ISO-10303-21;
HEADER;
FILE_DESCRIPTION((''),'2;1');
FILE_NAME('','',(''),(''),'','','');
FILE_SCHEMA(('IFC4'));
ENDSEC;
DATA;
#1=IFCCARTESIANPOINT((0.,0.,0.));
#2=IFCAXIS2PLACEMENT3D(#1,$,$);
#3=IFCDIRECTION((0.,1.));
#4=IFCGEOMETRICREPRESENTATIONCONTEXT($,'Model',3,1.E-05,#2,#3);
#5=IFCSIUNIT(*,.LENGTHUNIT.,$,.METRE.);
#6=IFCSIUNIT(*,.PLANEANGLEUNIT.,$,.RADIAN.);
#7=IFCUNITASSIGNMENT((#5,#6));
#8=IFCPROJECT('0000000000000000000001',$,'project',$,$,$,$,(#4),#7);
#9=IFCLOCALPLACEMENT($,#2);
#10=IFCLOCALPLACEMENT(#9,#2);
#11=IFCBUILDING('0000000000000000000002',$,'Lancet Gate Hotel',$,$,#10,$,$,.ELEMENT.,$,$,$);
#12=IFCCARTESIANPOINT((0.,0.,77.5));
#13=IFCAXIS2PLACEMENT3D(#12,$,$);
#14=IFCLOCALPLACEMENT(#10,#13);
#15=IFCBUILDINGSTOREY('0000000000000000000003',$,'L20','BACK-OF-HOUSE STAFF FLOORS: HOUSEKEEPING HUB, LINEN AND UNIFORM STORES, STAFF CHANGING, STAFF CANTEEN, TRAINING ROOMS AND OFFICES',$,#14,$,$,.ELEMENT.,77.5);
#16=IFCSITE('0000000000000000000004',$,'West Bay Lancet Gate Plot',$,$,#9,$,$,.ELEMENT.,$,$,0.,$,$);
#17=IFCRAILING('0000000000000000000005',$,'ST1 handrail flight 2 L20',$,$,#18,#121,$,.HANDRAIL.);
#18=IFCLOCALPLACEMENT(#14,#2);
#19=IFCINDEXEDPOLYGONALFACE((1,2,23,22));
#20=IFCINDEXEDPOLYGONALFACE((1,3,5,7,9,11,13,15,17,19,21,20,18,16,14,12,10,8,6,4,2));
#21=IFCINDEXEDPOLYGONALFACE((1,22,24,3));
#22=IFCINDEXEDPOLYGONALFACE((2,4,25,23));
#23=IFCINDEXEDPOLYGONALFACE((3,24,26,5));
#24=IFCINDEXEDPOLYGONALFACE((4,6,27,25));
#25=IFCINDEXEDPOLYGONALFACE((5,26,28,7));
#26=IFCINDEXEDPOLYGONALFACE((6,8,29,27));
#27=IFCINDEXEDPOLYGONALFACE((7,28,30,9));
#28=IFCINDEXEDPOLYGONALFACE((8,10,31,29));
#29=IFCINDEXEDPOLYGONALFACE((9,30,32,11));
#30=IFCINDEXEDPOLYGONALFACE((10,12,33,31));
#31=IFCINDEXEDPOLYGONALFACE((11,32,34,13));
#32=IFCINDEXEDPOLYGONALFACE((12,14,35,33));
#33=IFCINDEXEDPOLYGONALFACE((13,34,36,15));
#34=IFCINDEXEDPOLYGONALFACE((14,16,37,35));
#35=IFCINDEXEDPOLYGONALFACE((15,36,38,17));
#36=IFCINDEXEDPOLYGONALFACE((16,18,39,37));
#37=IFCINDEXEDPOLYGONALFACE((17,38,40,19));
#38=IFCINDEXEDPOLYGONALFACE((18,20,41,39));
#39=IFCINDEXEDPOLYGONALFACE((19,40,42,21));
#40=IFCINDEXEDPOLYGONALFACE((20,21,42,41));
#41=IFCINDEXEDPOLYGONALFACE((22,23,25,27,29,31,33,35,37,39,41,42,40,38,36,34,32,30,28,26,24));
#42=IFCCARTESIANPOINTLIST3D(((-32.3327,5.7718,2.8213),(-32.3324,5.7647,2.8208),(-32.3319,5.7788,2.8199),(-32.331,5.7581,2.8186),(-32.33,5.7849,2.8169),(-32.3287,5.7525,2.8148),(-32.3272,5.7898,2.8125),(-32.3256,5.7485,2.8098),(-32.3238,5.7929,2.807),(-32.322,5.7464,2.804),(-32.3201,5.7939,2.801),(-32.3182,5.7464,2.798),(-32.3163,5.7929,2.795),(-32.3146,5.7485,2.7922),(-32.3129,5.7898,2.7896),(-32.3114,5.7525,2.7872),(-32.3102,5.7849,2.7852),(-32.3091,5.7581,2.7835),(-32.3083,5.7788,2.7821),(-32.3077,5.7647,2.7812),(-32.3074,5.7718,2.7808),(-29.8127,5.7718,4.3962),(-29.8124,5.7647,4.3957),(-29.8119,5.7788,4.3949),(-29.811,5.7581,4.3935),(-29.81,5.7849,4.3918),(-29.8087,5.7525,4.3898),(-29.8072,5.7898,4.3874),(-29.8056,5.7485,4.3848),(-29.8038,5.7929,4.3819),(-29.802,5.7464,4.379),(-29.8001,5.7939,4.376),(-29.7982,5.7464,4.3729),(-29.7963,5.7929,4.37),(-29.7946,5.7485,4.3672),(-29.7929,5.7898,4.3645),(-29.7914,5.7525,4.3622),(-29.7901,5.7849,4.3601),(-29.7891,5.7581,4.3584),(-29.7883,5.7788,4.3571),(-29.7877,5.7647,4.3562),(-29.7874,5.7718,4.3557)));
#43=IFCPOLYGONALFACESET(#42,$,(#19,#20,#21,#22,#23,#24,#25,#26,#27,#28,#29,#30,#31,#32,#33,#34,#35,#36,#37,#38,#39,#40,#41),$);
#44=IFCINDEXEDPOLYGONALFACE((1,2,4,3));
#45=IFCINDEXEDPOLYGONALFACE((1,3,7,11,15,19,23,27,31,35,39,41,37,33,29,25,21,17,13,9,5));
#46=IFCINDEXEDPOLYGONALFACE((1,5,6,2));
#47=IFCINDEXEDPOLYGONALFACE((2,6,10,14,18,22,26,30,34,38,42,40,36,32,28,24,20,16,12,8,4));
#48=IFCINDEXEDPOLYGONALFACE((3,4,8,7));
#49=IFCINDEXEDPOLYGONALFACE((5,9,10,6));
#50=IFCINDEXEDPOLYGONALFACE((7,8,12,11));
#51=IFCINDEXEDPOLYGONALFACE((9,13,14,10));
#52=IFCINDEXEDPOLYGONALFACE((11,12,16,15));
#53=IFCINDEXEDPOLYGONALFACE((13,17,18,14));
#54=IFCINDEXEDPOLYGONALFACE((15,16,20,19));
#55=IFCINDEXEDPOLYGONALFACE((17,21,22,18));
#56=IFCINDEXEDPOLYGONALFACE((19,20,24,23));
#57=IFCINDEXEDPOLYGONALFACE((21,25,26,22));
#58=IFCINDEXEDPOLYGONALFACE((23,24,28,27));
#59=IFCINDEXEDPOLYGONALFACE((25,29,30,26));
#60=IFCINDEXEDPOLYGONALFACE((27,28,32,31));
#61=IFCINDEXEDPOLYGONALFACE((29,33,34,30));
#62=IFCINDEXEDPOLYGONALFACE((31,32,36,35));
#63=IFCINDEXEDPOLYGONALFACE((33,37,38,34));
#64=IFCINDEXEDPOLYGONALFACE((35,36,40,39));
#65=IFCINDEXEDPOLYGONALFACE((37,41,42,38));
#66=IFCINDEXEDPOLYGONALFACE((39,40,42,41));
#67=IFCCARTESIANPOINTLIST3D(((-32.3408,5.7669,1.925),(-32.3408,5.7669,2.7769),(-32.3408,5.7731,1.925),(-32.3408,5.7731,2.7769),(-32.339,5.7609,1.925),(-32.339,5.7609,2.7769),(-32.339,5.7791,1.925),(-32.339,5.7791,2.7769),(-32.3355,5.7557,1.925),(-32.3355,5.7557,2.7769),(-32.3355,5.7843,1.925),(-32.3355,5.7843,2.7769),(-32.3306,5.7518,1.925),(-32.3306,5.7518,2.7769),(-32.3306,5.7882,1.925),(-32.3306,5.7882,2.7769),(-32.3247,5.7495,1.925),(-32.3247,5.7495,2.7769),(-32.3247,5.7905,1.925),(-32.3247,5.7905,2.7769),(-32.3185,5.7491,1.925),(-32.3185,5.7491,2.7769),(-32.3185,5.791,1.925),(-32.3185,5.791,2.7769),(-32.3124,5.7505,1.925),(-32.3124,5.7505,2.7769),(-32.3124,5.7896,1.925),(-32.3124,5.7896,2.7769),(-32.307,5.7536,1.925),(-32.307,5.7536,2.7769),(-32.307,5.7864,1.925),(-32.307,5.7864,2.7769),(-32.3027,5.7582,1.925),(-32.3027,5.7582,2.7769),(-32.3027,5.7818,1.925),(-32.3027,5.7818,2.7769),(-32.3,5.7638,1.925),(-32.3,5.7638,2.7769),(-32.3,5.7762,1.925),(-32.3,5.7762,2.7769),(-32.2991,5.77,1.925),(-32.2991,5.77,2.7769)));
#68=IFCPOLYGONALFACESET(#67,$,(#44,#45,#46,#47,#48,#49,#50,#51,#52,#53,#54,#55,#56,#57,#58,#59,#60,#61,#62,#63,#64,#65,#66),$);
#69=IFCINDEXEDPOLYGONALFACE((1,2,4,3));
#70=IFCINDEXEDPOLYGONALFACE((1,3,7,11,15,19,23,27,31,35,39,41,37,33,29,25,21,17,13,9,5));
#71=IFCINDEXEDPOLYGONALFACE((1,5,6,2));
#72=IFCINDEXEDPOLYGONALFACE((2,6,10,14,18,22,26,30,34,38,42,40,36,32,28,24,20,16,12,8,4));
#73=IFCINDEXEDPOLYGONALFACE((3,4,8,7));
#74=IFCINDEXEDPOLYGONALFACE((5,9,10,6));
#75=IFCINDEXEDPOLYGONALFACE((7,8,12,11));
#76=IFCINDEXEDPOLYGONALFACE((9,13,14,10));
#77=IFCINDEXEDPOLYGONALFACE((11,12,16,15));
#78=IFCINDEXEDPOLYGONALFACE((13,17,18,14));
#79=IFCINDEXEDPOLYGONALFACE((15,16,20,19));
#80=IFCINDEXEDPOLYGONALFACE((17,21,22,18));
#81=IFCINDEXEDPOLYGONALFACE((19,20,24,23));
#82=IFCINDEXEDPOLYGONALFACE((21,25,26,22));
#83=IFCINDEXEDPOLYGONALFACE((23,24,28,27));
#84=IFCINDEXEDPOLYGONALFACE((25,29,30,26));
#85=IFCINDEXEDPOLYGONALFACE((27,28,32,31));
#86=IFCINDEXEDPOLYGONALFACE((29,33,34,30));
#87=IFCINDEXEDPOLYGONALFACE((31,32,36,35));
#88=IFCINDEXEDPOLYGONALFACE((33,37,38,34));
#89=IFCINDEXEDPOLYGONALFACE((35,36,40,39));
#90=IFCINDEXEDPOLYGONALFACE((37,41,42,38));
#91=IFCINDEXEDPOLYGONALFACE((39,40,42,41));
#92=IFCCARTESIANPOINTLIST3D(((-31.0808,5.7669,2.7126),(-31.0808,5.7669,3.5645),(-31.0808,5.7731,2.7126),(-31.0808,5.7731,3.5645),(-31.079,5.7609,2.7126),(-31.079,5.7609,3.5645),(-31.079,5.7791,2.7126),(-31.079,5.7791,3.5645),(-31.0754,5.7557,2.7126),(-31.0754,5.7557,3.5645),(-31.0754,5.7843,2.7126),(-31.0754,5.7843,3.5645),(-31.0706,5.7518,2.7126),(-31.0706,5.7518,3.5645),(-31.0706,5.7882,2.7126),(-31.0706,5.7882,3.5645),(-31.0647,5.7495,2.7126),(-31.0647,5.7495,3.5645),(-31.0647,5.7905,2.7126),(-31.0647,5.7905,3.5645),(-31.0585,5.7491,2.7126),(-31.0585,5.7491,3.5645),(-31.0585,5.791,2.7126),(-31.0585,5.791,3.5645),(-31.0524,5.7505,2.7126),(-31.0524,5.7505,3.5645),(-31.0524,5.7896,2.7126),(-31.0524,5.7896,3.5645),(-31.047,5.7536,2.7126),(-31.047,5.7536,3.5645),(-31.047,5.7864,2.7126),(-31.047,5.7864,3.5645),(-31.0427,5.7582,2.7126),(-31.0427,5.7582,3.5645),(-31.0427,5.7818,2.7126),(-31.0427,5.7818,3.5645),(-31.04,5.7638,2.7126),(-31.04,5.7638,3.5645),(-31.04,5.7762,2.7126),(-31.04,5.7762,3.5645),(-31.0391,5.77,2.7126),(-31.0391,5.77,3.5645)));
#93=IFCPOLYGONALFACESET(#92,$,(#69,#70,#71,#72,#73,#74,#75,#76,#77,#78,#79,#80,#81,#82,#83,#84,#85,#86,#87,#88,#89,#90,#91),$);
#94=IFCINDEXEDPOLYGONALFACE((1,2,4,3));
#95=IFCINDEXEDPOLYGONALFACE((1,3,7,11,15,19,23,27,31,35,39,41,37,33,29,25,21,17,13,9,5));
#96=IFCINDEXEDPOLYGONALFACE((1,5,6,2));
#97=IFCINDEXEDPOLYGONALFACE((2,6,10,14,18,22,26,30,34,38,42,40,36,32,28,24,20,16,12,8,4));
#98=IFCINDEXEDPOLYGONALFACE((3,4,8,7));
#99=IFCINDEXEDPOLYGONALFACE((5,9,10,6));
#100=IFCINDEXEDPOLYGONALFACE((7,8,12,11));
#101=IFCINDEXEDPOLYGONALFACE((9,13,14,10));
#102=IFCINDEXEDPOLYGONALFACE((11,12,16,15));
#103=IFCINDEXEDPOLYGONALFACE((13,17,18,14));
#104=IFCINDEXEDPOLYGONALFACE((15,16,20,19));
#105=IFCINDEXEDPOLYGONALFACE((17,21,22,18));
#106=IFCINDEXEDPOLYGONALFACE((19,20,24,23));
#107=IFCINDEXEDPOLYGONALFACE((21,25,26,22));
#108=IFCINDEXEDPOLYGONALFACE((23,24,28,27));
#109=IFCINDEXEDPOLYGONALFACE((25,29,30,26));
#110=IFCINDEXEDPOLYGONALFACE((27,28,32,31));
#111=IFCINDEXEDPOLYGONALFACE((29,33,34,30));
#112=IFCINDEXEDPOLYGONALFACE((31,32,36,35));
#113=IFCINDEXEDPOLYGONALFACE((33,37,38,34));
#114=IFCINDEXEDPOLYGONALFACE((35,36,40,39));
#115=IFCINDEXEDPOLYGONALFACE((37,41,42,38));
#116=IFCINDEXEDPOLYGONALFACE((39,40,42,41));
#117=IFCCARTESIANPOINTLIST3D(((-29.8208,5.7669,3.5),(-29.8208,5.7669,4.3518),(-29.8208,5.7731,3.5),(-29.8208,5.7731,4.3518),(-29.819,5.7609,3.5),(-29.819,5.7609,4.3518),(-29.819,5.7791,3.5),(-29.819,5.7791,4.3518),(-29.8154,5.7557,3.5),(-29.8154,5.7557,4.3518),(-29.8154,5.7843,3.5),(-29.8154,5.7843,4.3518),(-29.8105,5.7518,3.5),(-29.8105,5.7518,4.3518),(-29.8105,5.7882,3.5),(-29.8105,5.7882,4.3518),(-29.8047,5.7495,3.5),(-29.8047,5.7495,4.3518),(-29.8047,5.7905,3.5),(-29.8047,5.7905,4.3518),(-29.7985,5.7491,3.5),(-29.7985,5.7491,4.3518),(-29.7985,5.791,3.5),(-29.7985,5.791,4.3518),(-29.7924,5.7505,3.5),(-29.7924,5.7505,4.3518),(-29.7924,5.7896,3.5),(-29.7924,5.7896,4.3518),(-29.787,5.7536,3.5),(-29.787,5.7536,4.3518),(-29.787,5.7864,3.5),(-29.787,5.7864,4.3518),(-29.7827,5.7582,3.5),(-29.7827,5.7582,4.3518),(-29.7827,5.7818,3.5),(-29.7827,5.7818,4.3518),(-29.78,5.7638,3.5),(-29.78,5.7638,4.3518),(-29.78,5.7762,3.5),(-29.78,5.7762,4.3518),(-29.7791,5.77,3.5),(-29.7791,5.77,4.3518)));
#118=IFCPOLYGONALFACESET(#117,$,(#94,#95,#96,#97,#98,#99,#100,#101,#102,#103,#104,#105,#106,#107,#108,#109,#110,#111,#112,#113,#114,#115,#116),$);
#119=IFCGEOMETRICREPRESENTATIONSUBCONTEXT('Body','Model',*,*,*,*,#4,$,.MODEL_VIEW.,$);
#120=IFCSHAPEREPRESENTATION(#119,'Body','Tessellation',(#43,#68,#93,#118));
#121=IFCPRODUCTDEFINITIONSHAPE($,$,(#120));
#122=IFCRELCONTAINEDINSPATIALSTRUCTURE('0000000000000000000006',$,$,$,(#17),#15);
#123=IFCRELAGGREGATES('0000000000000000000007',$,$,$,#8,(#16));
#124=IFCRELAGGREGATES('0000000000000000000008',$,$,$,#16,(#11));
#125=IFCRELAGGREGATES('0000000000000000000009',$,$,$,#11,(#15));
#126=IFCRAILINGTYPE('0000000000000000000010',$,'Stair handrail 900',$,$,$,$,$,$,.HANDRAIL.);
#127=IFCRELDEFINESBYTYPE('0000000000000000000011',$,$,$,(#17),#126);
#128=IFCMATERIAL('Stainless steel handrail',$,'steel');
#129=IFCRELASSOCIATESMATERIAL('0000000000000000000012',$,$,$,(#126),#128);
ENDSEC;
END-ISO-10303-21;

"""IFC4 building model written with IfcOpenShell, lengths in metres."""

from ifc_helpers import new_model, si_unit, direction, frame, origin, origin_2d, place, context, subcontext, project, spatial, circle, extrude, material, type_object, element, save


model = new_model("IFC4")

# Units and contexts
model_context = context("Model", 3, precision=1e-05, world=origin(), true_north=direction((0.0, 1.0)))
body_context = subcontext(model_context, "Body", "Model", "MODEL_VIEW")
ifc_project = project(units=[si_unit("LENGTHUNIT", "METRE"), si_unit("PLANEANGLEUNIT", "RADIAN")], contexts=[model_context])

# Site, building, storey
site_placement = place(None, origin())
site = spatial("IfcSite", under=ifc_project, at=site_placement, Name="West Bay Lancet Gate Plot", CompositionType="ELEMENT", RefElevation=0.0)
building_placement = place(site_placement, origin())
building = spatial("IfcBuilding", under=site, at=building_placement, Name="Lancet Gate Hotel", CompositionType="ELEMENT")
storey_placement = place(building_placement, frame((0.0, 0.0, 77.5)))
storey = spatial("IfcBuildingStorey", under=building, at=storey_placement, Name="L20", Description="BACK-OF-HOUSE STAFF FLOORS: HOUSEKEEPING HUB, LINEN AND UNIFORM STORES, STAFF CHANGING, STAFF CANTEEN, TRAINING ROOMS AND OFFICES", CompositionType="ELEMENT", Elevation=77.5)

# Railing
ifc_material_1 = material(Name="Stainless steel handrail", Category="steel")
railing_type = type_object("IfcRailingType", Name="Stair handrail 900", PredefinedType="HANDRAIL", material=ifc_material_1)
railing_1_placement = place(storey_placement, frame((-32.3201, 5.77, 1.925)))
element("IfcRailing", 1, at=railing_1_placement, inside=storey, type_object=railing_type, Name="ST1 handrail flight 2 L20", PredefinedType="HANDRAIL", context=body_context, shape_type="SweptSolid", body=[
    extrude(circle(Radius=0.0239, at=origin_2d()), frame((0.0, 0.0, 0.876), z_axis=(0.848008, 0.0, 0.529984), x_axis=(0.0, 1.0, 0.0)), (0.0, 0.0, 1.0), 2.9717),
    extrude(circle(Radius=0.021, at=origin_2d()), origin(), (0.0, 0.0, 1.0), 0.8518),
    extrude(circle(Radius=0.021, at=origin_2d()), frame((1.26, 0.0, 0.7876)), (0.0, 0.0, 1.0), 0.8518),
    extrude(circle(Radius=0.021, at=origin_2d()), frame((2.52, 0.0, 1.575)), (0.0, 0.0, 1.0), 0.8518),
])

save(model, "model.ifc")
